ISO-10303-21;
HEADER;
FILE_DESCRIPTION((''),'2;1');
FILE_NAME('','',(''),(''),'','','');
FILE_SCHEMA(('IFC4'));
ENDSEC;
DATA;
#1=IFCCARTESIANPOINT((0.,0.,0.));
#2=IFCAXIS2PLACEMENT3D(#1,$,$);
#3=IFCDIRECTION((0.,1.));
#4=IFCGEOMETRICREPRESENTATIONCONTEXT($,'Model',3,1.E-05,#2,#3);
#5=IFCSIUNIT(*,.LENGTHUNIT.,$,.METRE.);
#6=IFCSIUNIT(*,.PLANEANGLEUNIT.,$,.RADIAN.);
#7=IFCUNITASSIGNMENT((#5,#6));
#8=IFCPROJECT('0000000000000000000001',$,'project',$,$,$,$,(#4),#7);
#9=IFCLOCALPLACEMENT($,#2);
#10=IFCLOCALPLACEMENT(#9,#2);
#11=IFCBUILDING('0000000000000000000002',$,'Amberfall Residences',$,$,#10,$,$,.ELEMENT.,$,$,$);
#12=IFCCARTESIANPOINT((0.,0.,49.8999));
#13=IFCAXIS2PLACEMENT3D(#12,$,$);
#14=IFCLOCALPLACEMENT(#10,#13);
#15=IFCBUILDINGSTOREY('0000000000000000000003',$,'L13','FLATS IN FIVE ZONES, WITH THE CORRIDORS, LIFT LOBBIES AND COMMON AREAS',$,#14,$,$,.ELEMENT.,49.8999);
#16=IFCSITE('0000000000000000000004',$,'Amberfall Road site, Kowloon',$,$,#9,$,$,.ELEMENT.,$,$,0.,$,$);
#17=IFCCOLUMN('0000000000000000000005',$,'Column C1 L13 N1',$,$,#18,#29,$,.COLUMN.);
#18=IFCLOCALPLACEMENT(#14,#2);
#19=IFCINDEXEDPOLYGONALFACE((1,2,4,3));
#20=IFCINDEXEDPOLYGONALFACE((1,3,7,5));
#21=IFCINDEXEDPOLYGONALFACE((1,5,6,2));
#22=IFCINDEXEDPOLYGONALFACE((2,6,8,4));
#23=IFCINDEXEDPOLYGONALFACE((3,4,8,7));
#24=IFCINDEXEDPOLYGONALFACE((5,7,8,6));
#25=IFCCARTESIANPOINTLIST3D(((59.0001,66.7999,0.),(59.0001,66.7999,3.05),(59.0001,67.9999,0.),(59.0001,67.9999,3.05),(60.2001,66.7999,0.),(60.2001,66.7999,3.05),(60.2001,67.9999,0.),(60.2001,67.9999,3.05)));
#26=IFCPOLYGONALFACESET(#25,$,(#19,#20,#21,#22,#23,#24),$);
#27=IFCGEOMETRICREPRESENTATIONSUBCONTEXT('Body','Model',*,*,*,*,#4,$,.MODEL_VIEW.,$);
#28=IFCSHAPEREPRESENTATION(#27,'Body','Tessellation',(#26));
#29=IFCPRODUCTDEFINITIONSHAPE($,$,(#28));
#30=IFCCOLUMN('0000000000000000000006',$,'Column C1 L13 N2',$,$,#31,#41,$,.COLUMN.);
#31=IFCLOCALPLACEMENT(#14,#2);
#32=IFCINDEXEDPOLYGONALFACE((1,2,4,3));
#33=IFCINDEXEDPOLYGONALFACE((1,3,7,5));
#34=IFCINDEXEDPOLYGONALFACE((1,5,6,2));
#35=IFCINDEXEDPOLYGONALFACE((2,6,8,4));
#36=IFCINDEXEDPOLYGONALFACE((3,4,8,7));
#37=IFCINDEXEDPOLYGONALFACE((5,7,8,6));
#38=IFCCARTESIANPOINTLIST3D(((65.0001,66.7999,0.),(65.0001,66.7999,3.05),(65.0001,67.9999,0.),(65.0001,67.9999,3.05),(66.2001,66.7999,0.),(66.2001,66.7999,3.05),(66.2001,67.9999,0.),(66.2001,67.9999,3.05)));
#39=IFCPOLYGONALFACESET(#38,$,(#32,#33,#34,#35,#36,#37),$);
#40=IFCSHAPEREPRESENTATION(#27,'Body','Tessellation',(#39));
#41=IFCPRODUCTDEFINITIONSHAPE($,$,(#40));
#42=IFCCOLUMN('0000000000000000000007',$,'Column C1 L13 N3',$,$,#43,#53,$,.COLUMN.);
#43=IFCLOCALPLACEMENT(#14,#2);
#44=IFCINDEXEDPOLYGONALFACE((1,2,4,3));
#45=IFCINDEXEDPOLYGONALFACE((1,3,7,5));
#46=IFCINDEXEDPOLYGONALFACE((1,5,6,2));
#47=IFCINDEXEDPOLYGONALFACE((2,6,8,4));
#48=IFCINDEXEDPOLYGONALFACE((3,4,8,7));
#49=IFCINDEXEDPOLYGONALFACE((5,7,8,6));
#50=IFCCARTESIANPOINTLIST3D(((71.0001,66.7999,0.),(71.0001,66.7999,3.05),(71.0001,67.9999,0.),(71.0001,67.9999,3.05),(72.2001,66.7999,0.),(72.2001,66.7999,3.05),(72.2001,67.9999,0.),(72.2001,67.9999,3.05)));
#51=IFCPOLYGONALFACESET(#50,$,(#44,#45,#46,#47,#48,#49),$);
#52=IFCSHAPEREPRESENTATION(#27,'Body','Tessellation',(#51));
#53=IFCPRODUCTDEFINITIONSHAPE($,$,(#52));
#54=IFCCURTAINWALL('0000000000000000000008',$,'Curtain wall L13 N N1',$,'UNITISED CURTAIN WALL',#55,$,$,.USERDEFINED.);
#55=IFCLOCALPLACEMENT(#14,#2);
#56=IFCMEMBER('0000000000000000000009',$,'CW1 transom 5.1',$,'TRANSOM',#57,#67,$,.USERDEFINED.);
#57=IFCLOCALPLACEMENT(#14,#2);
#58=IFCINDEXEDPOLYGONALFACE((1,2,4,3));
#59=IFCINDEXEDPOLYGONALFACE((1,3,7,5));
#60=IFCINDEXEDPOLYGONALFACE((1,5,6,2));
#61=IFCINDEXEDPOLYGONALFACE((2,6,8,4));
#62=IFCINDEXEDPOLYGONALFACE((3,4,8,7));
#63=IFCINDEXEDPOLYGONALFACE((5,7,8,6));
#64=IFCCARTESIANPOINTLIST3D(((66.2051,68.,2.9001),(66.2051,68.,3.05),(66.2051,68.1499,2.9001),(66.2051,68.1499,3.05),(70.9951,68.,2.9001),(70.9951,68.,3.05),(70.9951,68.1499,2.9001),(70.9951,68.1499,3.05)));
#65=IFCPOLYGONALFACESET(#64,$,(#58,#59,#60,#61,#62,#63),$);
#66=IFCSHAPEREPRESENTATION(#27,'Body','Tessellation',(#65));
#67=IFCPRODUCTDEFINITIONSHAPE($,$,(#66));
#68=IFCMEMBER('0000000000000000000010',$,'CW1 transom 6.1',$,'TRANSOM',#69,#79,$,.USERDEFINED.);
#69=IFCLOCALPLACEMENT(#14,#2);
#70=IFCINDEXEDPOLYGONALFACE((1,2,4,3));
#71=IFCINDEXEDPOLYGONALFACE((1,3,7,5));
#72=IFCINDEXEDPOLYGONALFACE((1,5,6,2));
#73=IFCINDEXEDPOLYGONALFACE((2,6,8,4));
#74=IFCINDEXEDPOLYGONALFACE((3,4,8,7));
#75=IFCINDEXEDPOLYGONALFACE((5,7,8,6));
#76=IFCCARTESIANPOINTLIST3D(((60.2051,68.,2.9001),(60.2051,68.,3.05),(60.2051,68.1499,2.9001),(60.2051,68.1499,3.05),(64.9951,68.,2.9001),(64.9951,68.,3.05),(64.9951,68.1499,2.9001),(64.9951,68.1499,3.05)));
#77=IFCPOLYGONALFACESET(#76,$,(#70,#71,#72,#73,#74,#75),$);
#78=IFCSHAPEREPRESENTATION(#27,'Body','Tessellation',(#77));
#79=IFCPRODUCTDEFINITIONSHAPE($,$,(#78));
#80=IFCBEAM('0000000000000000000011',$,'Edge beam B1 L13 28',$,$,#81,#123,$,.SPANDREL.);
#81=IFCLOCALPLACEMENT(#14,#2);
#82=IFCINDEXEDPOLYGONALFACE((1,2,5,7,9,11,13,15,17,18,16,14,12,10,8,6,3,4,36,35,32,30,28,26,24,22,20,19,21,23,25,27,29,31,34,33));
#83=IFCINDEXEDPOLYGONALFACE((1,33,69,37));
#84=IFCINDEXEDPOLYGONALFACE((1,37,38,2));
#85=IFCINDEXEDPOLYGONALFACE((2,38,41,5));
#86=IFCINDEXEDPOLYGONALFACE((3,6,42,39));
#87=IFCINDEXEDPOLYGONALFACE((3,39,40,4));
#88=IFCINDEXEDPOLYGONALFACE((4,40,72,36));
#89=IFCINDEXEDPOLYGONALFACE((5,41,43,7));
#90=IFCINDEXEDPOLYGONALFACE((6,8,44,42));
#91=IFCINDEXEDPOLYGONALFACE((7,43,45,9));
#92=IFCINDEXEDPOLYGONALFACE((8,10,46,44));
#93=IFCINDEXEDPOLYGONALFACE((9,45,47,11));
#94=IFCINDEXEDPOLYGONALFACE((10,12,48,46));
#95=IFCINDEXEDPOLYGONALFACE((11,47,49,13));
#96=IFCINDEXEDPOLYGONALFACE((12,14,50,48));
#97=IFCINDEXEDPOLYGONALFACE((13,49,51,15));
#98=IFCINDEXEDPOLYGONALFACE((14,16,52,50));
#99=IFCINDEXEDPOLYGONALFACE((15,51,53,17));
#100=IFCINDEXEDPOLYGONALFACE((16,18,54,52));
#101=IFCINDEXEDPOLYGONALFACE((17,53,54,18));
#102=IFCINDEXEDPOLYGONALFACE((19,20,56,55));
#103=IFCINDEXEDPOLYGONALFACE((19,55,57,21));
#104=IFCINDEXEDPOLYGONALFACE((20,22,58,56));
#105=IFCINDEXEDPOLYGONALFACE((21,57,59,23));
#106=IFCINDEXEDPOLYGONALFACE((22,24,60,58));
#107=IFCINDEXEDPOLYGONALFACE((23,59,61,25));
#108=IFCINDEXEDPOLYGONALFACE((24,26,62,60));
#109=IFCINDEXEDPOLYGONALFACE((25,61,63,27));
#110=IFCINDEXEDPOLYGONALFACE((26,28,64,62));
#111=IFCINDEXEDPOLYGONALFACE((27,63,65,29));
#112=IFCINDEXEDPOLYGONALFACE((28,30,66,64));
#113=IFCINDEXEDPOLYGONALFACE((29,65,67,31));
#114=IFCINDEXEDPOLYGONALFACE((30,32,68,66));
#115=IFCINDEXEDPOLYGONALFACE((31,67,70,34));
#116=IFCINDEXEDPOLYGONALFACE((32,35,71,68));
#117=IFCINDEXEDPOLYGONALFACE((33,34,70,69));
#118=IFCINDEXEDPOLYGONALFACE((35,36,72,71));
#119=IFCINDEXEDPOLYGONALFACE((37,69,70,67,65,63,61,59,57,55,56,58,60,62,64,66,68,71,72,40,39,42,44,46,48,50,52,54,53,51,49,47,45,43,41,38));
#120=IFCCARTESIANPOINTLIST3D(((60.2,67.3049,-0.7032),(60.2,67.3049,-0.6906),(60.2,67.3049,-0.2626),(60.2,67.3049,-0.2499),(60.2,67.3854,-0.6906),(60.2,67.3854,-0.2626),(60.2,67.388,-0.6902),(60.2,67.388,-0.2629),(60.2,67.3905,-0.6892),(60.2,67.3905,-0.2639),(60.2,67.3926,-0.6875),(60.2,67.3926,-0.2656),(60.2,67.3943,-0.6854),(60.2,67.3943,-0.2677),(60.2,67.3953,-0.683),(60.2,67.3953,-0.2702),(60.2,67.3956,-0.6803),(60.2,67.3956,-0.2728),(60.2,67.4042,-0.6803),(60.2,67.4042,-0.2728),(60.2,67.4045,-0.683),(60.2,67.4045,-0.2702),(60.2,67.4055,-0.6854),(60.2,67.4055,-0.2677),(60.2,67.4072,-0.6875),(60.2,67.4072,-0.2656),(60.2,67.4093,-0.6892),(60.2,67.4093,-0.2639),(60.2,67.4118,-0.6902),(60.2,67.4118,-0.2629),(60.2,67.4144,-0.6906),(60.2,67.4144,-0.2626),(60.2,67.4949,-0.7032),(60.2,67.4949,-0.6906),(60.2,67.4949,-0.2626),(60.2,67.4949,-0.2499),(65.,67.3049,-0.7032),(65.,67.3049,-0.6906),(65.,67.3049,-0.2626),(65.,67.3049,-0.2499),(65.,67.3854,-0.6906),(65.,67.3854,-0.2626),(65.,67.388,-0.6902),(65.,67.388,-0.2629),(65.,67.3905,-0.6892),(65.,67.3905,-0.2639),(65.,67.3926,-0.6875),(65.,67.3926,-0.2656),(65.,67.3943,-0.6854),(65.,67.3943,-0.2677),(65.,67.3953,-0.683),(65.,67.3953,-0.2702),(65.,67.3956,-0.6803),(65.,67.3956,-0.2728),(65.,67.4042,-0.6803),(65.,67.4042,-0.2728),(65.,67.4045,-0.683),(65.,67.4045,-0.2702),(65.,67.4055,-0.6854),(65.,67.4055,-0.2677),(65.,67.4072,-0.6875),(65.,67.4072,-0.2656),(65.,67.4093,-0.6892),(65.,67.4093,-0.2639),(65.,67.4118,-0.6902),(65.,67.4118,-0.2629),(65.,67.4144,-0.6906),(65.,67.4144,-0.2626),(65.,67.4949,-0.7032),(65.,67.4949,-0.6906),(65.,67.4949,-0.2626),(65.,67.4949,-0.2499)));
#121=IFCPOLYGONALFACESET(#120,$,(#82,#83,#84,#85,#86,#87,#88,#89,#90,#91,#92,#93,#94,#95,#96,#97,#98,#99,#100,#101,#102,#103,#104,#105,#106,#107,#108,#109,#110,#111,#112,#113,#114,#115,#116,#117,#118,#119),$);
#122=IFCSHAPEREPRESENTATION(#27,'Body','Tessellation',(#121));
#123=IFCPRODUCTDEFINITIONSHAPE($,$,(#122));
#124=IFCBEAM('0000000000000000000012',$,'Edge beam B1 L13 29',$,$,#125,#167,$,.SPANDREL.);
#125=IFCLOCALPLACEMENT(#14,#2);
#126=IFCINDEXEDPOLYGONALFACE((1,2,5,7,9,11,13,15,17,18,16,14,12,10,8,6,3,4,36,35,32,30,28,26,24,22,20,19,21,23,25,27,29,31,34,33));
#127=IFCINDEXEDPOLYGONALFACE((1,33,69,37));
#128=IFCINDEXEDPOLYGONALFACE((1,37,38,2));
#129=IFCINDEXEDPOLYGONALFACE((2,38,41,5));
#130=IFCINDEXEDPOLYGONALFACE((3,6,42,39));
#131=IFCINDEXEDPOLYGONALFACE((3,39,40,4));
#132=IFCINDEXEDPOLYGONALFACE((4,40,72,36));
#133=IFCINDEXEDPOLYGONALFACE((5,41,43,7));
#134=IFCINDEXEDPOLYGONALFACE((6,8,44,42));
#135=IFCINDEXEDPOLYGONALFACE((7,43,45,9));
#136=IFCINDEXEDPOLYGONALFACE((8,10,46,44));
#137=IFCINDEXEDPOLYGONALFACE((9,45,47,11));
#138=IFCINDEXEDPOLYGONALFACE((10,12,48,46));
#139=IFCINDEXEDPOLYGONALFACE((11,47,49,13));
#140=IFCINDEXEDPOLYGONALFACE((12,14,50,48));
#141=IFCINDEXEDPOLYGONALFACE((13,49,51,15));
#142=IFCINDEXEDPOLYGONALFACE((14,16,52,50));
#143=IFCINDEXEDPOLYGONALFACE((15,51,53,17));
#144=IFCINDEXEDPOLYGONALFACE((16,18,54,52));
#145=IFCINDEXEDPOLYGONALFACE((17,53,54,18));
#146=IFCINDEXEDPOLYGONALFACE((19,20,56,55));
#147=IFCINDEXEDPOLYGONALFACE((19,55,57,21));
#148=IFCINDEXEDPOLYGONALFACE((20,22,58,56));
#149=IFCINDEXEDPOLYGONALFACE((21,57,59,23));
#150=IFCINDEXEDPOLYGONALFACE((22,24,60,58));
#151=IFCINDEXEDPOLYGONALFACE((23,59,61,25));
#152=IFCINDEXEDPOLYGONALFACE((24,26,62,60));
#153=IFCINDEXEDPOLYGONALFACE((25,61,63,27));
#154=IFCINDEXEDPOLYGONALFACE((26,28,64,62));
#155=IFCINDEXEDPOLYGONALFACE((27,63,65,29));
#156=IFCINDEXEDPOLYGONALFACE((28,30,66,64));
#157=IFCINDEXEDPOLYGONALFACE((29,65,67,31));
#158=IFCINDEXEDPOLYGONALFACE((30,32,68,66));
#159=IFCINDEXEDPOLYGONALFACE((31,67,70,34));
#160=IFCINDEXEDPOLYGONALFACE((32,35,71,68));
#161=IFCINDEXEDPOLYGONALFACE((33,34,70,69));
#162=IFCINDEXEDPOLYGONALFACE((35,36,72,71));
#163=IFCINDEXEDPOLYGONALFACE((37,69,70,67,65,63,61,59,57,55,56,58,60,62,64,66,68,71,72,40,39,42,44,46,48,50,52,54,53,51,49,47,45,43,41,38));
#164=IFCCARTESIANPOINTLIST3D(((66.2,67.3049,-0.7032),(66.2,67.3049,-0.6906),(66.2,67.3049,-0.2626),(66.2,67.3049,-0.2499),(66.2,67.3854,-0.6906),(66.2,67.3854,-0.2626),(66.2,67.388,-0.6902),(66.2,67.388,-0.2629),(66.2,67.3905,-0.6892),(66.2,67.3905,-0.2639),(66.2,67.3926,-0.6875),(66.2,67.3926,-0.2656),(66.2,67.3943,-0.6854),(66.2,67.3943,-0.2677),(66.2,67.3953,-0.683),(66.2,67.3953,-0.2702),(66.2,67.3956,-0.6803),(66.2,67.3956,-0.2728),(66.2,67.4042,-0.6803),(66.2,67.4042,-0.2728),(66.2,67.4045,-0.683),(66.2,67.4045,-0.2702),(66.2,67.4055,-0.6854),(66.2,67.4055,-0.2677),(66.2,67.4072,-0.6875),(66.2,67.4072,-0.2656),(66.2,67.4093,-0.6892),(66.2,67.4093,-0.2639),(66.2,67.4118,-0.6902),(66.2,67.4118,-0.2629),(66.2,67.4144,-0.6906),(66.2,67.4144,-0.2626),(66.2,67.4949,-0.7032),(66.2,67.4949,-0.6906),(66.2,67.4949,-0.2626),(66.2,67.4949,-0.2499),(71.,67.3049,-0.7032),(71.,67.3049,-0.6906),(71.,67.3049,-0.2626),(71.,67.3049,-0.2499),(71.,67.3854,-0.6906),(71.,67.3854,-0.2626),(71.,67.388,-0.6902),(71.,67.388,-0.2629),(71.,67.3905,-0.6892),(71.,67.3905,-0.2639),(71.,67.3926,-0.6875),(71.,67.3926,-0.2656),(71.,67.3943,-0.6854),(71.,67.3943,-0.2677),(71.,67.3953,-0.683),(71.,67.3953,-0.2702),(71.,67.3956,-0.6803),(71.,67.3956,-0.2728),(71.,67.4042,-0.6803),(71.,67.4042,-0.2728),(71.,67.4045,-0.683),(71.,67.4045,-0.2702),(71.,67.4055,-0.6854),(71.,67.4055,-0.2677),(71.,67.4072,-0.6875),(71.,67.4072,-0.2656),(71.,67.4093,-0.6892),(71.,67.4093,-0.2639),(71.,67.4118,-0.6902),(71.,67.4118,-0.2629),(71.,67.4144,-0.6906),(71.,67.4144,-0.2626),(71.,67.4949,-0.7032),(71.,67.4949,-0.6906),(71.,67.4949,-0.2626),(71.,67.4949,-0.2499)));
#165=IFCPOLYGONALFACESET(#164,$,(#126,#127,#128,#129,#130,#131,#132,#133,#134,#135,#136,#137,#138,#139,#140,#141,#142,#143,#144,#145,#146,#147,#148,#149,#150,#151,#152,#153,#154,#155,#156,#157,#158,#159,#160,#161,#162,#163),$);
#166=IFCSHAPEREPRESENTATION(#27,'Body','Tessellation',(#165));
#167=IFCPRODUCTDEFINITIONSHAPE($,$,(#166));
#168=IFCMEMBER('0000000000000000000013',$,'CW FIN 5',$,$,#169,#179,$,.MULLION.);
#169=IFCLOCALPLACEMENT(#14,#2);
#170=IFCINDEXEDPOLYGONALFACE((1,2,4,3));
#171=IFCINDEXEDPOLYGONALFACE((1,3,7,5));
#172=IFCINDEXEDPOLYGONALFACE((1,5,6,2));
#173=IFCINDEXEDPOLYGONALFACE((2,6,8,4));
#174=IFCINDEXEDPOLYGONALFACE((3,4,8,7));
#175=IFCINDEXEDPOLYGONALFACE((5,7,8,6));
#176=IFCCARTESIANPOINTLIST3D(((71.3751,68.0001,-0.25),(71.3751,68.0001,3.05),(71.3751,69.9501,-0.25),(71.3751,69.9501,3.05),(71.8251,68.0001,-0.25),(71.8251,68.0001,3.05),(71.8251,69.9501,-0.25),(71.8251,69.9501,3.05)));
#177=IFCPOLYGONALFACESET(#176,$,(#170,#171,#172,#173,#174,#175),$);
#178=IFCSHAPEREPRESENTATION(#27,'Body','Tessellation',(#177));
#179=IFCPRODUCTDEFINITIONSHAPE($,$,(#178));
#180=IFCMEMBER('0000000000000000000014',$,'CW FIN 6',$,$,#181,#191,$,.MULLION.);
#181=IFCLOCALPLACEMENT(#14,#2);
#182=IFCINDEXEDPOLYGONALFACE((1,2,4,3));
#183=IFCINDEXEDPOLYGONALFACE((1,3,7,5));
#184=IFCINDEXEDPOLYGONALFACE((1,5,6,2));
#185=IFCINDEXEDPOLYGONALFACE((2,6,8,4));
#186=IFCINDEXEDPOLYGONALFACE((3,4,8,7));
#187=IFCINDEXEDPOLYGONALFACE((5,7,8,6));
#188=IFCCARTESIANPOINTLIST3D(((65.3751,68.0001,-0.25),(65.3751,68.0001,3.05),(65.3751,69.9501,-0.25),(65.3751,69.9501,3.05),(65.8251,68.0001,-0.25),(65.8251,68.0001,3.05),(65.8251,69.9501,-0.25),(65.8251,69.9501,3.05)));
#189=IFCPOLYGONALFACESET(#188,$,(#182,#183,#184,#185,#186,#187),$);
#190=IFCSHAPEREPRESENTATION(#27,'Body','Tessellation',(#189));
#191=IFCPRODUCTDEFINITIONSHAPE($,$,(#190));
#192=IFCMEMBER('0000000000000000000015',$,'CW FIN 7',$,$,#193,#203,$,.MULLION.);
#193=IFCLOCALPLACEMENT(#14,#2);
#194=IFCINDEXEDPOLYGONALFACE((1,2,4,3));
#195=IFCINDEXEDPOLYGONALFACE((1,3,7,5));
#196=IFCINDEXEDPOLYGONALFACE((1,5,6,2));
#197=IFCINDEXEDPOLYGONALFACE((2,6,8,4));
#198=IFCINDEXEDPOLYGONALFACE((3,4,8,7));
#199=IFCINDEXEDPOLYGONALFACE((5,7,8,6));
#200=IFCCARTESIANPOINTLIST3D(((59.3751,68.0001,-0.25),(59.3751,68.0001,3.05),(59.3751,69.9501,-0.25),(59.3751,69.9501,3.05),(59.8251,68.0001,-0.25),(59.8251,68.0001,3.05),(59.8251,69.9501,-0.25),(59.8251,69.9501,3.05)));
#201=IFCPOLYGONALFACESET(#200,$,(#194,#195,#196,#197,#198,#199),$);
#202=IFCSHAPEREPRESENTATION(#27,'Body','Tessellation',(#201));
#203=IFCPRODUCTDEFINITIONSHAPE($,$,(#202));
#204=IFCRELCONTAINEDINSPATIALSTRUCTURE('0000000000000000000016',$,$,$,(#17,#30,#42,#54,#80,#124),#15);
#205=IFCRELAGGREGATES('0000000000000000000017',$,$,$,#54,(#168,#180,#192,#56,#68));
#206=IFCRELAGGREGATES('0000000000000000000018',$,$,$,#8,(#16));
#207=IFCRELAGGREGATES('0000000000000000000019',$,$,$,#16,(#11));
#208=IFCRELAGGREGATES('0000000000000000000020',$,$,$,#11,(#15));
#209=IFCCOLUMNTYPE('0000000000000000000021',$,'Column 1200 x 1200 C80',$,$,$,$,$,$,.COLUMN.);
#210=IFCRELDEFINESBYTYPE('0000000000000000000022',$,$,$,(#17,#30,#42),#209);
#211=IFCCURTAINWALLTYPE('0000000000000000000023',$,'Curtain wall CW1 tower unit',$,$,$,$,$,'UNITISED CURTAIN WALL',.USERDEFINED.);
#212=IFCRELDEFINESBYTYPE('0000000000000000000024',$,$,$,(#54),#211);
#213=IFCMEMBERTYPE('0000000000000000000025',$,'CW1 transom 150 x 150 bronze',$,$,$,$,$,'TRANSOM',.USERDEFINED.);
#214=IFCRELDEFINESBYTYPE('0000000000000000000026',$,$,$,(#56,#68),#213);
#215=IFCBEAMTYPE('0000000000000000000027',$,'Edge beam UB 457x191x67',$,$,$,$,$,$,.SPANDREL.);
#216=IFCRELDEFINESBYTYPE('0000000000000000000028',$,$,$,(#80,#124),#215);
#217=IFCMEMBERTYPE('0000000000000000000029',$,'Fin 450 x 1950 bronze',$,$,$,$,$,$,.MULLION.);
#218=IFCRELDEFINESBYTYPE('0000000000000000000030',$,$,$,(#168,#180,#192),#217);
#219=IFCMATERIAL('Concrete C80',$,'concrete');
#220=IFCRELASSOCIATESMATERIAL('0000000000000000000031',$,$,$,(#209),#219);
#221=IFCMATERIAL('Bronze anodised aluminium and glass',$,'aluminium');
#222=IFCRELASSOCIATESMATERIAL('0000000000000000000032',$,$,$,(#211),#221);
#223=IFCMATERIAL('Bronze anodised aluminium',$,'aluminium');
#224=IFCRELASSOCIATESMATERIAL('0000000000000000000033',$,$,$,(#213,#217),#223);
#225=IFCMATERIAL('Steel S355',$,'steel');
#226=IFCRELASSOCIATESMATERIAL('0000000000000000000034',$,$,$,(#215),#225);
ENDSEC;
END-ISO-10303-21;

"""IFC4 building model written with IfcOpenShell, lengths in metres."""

from ifc_helpers import new_model, si_unit, direction, frame, origin, origin_2d, place, context, subcontext, project, spatial, rectangle, i_section, extrude, material, material_profile, profile_set, type_object, element, aggregate, save


model = new_model("IFC4")

# Units and contexts
model_context = context("Model", 3, precision=1e-05, world=origin(), true_north=direction((0.0, 1.0)))
body_context = subcontext(model_context, "Body", "Model", "MODEL_VIEW")
ifc_project = project(units=[si_unit("LENGTHUNIT", "METRE"), si_unit("PLANEANGLEUNIT", "RADIAN")], contexts=[model_context])

# Site, building, storey
site_placement = place(None, origin())
site = spatial("IfcSite", under=ifc_project, at=site_placement, Name="Amberfall Road site, Kowloon", CompositionType="ELEMENT", RefElevation=0.0)
building_placement = place(site_placement, origin())
building = spatial("IfcBuilding", under=site, at=building_placement, Name="Amberfall Residences", CompositionType="ELEMENT")
storey_placement = place(building_placement, frame((0.0, 0.0, 49.8999)))
storey = spatial("IfcBuildingStorey", under=building, at=storey_placement, Name="L13", Description="FLATS IN FIVE ZONES, WITH THE CORRIDORS, LIFT LOBBIES AND COMMON AREAS", CompositionType="ELEMENT", Elevation=49.8999)

# Columns
ifc_material_1 = material(Name="Concrete C80", Category="concrete")
ifc_material_profile_1 = material_profile(ifc_material_1, rectangle(XDim=1.2, YDim=1.2, at=origin_2d()), Name="Column 1200 x 1200 C80")
ifc_profile_set_1 = profile_set([ifc_material_profile_1], Name="Concrete C80")
column_type = type_object("IfcColumnType", Name="Column 1200 x 1200 C80", PredefinedType="COLUMN", material=ifc_profile_set_1)
for number, where, z_axis, x_axis, name in (
    (1, (59.6001, 67.3999, 0.0), (0.0, 0.0, 1.0), (1.0, 0.0, 0.0), "Column C1 L13 N1"),
    (2, (65.6001, 67.3999, 0.0), (0.0, 0.0, 1.0), (1.0, 0.0, 0.0), "Column C1 L13 N2"),
    (3, (71.6001, 67.3999, 0.0), (0.0, 0.0, 1.0), (1.0, 0.0, 0.0), "Column C1 L13 N3"),
):
    element("IfcColumn", number, at=place(storey_placement, frame(where, z_axis=z_axis, x_axis=x_axis)), inside=storey, type_object=column_type, Name=name, PredefinedType="COLUMN", context=body_context, shape_type="SweptSolid", body=[
        extrude(rectangle(XDim=1.2, YDim=1.2, at=origin_2d()), origin(), (0.0, 0.0, 1.0), 3.05),
    ])

# Curtain wall, members
ifc_material_2 = material(Name="Bronze anodised aluminium and glass", Category="aluminium")
curtain_wall_type = type_object("IfcCurtainWallType", Name="Curtain wall CW1 tower unit", ElementType="UNITISED CURTAIN WALL", PredefinedType="USERDEFINED", material=ifc_material_2)
curtain_wall_placement = place(storey_placement, origin())
curtain_wall = element("IfcCurtainWall", 4, at=curtain_wall_placement, inside=storey, type_object=curtain_wall_type, Name="Curtain wall L13 N N1", ObjectType="UNITISED CURTAIN WALL", PredefinedType="USERDEFINED")
ifc_material_3 = material(Name="Bronze anodised aluminium", Category="aluminium")
ifc_material_profile_2 = material_profile(ifc_material_3, rectangle(XDim=0.1499, YDim=0.1499, at=origin_2d()), Name="CW1 transom 150 x 150 bronze")
ifc_profile_set_2 = profile_set([ifc_material_profile_2], Name="Bronze anodised aluminium")
member_type_1 = type_object("IfcMemberType", Name="CW1 transom 150 x 150 bronze", ElementType="TRANSOM", PredefinedType="USERDEFINED", material=ifc_profile_set_2)
member_1_placement = place(storey_placement, frame((70.9951, 68.075, 2.9751), z_axis=(-1.0, 0.0, 0.0), x_axis=(0.0, -1.0, 0.0)))
member_1 = element("IfcMember", 5, at=member_1_placement, type_object=member_type_1, Name="CW1 transom 5.1", ObjectType="TRANSOM", PredefinedType="USERDEFINED", context=body_context, shape_type="SweptSolid", body=[
    extrude(rectangle(XDim=0.1499, YDim=0.1499, at=origin_2d()), origin(), (0.0, 0.0, 1.0), 4.79),
])
member_2_placement = place(storey_placement, frame((64.9951, 68.075, 2.9751), z_axis=(-1.0, 0.0, 0.0), x_axis=(0.0, -1.0, 0.0)))
member_2 = element("IfcMember", 6, at=member_2_placement, type_object=member_type_1, Name="CW1 transom 6.1", ObjectType="TRANSOM", PredefinedType="USERDEFINED", context=body_context, shape_type="SweptSolid", body=[
    extrude(rectangle(XDim=0.1499, YDim=0.1499, at=origin_2d()), origin(), (0.0, 0.0, 1.0), 4.79),
])

# Beams
ifc_material_4 = material(Name="Steel S355", Category="steel")
ifc_material_profile_3 = material_profile(ifc_material_4, i_section(OverallWidth=0.1899, OverallDepth=0.4534, WebThickness=0.0085, FlangeThickness=0.0127, FilletRadius=0.0103, at=origin_2d()), Name="UB 457x191x67")
ifc_profile_set_3 = profile_set([ifc_material_profile_3], Name="Steel S355")
beam_type_1 = type_object("IfcBeamType", Name="Edge beam UB 457x191x67", PredefinedType="SPANDREL", material=ifc_profile_set_3)
for number, where, z_axis, x_axis, name in (
    (7, (60.2, 67.3999, -0.4766), (1.0, 0.0, 0.0), (0.0, 1.0, 0.0), "Edge beam B1 L13 28"),
    (8, (66.2, 67.3999, -0.4766), (1.0, 0.0, 0.0), (0.0, 1.0, 0.0), "Edge beam B1 L13 29"),
):
    element("IfcBeam", number, at=place(storey_placement, frame(where, z_axis=z_axis, x_axis=x_axis)), inside=storey, type_object=beam_type_1, Name=name, PredefinedType="SPANDREL", context=body_context, shape_type="SweptSolid", body=[
        extrude(i_section(OverallWidth=0.1899, OverallDepth=0.4534, WebThickness=0.0085, FlangeThickness=0.0127, FilletRadius=0.0103, at=origin_2d()), origin(), (0.0, 0.0, 1.0), 4.8),
    ])

# Members
ifc_material_profile_4 = material_profile(ifc_material_3, rectangle(XDim=1.95, YDim=0.45, at=origin_2d()), Name="Fin 450 x 1950 bronze")
ifc_profile_set_4 = profile_set([ifc_material_profile_4], Name="Bronze anodised aluminium")
member_type_2 = type_object("IfcMemberType", Name="Fin 450 x 1950 bronze", PredefinedType="MULLION", material=ifc_profile_set_4)
member_3_placement = place(storey_placement, frame((71.6001, 68.9751, -0.25), z_axis=(0.0, 0.0, 1.0), x_axis=(0.0, -1.0, 0.0)))
member_3 = element("IfcMember", 9, at=member_3_placement, type_object=member_type_2, Name="CW FIN 5", PredefinedType="MULLION", context=body_context, shape_type="SweptSolid", body=[
    extrude(rectangle(XDim=1.95, YDim=0.45, at=origin_2d()), origin(), (0.0, 0.0, 1.0), 3.3),
])
member_4_placement = place(storey_placement, frame((65.6001, 68.9751, -0.25), z_axis=(0.0, 0.0, 1.0), x_axis=(0.0, -1.0, 0.0)))
member_4 = element("IfcMember", 10, at=member_4_placement, type_object=member_type_2, Name="CW FIN 6", PredefinedType="MULLION", context=body_context, shape_type="SweptSolid", body=[
    extrude(rectangle(XDim=1.95, YDim=0.45, at=origin_2d()), origin(), (0.0, 0.0, 1.0), 3.3),
])
member_5_placement = place(storey_placement, frame((59.6001, 68.9751, -0.25), z_axis=(0.0, 0.0, 1.0), x_axis=(0.0, -1.0, 0.0)))
member_5 = element("IfcMember", 11, at=member_5_placement, type_object=member_type_2, Name="CW FIN 7", PredefinedType="MULLION", context=body_context, shape_type="SweptSolid", body=[
    extrude(rectangle(XDim=1.95, YDim=0.45, at=origin_2d()), origin(), (0.0, 0.0, 1.0), 3.3),
])

aggregate(curtain_wall, [member_3, member_4, member_5, member_1, member_2])

save(model, "model.ifc")
